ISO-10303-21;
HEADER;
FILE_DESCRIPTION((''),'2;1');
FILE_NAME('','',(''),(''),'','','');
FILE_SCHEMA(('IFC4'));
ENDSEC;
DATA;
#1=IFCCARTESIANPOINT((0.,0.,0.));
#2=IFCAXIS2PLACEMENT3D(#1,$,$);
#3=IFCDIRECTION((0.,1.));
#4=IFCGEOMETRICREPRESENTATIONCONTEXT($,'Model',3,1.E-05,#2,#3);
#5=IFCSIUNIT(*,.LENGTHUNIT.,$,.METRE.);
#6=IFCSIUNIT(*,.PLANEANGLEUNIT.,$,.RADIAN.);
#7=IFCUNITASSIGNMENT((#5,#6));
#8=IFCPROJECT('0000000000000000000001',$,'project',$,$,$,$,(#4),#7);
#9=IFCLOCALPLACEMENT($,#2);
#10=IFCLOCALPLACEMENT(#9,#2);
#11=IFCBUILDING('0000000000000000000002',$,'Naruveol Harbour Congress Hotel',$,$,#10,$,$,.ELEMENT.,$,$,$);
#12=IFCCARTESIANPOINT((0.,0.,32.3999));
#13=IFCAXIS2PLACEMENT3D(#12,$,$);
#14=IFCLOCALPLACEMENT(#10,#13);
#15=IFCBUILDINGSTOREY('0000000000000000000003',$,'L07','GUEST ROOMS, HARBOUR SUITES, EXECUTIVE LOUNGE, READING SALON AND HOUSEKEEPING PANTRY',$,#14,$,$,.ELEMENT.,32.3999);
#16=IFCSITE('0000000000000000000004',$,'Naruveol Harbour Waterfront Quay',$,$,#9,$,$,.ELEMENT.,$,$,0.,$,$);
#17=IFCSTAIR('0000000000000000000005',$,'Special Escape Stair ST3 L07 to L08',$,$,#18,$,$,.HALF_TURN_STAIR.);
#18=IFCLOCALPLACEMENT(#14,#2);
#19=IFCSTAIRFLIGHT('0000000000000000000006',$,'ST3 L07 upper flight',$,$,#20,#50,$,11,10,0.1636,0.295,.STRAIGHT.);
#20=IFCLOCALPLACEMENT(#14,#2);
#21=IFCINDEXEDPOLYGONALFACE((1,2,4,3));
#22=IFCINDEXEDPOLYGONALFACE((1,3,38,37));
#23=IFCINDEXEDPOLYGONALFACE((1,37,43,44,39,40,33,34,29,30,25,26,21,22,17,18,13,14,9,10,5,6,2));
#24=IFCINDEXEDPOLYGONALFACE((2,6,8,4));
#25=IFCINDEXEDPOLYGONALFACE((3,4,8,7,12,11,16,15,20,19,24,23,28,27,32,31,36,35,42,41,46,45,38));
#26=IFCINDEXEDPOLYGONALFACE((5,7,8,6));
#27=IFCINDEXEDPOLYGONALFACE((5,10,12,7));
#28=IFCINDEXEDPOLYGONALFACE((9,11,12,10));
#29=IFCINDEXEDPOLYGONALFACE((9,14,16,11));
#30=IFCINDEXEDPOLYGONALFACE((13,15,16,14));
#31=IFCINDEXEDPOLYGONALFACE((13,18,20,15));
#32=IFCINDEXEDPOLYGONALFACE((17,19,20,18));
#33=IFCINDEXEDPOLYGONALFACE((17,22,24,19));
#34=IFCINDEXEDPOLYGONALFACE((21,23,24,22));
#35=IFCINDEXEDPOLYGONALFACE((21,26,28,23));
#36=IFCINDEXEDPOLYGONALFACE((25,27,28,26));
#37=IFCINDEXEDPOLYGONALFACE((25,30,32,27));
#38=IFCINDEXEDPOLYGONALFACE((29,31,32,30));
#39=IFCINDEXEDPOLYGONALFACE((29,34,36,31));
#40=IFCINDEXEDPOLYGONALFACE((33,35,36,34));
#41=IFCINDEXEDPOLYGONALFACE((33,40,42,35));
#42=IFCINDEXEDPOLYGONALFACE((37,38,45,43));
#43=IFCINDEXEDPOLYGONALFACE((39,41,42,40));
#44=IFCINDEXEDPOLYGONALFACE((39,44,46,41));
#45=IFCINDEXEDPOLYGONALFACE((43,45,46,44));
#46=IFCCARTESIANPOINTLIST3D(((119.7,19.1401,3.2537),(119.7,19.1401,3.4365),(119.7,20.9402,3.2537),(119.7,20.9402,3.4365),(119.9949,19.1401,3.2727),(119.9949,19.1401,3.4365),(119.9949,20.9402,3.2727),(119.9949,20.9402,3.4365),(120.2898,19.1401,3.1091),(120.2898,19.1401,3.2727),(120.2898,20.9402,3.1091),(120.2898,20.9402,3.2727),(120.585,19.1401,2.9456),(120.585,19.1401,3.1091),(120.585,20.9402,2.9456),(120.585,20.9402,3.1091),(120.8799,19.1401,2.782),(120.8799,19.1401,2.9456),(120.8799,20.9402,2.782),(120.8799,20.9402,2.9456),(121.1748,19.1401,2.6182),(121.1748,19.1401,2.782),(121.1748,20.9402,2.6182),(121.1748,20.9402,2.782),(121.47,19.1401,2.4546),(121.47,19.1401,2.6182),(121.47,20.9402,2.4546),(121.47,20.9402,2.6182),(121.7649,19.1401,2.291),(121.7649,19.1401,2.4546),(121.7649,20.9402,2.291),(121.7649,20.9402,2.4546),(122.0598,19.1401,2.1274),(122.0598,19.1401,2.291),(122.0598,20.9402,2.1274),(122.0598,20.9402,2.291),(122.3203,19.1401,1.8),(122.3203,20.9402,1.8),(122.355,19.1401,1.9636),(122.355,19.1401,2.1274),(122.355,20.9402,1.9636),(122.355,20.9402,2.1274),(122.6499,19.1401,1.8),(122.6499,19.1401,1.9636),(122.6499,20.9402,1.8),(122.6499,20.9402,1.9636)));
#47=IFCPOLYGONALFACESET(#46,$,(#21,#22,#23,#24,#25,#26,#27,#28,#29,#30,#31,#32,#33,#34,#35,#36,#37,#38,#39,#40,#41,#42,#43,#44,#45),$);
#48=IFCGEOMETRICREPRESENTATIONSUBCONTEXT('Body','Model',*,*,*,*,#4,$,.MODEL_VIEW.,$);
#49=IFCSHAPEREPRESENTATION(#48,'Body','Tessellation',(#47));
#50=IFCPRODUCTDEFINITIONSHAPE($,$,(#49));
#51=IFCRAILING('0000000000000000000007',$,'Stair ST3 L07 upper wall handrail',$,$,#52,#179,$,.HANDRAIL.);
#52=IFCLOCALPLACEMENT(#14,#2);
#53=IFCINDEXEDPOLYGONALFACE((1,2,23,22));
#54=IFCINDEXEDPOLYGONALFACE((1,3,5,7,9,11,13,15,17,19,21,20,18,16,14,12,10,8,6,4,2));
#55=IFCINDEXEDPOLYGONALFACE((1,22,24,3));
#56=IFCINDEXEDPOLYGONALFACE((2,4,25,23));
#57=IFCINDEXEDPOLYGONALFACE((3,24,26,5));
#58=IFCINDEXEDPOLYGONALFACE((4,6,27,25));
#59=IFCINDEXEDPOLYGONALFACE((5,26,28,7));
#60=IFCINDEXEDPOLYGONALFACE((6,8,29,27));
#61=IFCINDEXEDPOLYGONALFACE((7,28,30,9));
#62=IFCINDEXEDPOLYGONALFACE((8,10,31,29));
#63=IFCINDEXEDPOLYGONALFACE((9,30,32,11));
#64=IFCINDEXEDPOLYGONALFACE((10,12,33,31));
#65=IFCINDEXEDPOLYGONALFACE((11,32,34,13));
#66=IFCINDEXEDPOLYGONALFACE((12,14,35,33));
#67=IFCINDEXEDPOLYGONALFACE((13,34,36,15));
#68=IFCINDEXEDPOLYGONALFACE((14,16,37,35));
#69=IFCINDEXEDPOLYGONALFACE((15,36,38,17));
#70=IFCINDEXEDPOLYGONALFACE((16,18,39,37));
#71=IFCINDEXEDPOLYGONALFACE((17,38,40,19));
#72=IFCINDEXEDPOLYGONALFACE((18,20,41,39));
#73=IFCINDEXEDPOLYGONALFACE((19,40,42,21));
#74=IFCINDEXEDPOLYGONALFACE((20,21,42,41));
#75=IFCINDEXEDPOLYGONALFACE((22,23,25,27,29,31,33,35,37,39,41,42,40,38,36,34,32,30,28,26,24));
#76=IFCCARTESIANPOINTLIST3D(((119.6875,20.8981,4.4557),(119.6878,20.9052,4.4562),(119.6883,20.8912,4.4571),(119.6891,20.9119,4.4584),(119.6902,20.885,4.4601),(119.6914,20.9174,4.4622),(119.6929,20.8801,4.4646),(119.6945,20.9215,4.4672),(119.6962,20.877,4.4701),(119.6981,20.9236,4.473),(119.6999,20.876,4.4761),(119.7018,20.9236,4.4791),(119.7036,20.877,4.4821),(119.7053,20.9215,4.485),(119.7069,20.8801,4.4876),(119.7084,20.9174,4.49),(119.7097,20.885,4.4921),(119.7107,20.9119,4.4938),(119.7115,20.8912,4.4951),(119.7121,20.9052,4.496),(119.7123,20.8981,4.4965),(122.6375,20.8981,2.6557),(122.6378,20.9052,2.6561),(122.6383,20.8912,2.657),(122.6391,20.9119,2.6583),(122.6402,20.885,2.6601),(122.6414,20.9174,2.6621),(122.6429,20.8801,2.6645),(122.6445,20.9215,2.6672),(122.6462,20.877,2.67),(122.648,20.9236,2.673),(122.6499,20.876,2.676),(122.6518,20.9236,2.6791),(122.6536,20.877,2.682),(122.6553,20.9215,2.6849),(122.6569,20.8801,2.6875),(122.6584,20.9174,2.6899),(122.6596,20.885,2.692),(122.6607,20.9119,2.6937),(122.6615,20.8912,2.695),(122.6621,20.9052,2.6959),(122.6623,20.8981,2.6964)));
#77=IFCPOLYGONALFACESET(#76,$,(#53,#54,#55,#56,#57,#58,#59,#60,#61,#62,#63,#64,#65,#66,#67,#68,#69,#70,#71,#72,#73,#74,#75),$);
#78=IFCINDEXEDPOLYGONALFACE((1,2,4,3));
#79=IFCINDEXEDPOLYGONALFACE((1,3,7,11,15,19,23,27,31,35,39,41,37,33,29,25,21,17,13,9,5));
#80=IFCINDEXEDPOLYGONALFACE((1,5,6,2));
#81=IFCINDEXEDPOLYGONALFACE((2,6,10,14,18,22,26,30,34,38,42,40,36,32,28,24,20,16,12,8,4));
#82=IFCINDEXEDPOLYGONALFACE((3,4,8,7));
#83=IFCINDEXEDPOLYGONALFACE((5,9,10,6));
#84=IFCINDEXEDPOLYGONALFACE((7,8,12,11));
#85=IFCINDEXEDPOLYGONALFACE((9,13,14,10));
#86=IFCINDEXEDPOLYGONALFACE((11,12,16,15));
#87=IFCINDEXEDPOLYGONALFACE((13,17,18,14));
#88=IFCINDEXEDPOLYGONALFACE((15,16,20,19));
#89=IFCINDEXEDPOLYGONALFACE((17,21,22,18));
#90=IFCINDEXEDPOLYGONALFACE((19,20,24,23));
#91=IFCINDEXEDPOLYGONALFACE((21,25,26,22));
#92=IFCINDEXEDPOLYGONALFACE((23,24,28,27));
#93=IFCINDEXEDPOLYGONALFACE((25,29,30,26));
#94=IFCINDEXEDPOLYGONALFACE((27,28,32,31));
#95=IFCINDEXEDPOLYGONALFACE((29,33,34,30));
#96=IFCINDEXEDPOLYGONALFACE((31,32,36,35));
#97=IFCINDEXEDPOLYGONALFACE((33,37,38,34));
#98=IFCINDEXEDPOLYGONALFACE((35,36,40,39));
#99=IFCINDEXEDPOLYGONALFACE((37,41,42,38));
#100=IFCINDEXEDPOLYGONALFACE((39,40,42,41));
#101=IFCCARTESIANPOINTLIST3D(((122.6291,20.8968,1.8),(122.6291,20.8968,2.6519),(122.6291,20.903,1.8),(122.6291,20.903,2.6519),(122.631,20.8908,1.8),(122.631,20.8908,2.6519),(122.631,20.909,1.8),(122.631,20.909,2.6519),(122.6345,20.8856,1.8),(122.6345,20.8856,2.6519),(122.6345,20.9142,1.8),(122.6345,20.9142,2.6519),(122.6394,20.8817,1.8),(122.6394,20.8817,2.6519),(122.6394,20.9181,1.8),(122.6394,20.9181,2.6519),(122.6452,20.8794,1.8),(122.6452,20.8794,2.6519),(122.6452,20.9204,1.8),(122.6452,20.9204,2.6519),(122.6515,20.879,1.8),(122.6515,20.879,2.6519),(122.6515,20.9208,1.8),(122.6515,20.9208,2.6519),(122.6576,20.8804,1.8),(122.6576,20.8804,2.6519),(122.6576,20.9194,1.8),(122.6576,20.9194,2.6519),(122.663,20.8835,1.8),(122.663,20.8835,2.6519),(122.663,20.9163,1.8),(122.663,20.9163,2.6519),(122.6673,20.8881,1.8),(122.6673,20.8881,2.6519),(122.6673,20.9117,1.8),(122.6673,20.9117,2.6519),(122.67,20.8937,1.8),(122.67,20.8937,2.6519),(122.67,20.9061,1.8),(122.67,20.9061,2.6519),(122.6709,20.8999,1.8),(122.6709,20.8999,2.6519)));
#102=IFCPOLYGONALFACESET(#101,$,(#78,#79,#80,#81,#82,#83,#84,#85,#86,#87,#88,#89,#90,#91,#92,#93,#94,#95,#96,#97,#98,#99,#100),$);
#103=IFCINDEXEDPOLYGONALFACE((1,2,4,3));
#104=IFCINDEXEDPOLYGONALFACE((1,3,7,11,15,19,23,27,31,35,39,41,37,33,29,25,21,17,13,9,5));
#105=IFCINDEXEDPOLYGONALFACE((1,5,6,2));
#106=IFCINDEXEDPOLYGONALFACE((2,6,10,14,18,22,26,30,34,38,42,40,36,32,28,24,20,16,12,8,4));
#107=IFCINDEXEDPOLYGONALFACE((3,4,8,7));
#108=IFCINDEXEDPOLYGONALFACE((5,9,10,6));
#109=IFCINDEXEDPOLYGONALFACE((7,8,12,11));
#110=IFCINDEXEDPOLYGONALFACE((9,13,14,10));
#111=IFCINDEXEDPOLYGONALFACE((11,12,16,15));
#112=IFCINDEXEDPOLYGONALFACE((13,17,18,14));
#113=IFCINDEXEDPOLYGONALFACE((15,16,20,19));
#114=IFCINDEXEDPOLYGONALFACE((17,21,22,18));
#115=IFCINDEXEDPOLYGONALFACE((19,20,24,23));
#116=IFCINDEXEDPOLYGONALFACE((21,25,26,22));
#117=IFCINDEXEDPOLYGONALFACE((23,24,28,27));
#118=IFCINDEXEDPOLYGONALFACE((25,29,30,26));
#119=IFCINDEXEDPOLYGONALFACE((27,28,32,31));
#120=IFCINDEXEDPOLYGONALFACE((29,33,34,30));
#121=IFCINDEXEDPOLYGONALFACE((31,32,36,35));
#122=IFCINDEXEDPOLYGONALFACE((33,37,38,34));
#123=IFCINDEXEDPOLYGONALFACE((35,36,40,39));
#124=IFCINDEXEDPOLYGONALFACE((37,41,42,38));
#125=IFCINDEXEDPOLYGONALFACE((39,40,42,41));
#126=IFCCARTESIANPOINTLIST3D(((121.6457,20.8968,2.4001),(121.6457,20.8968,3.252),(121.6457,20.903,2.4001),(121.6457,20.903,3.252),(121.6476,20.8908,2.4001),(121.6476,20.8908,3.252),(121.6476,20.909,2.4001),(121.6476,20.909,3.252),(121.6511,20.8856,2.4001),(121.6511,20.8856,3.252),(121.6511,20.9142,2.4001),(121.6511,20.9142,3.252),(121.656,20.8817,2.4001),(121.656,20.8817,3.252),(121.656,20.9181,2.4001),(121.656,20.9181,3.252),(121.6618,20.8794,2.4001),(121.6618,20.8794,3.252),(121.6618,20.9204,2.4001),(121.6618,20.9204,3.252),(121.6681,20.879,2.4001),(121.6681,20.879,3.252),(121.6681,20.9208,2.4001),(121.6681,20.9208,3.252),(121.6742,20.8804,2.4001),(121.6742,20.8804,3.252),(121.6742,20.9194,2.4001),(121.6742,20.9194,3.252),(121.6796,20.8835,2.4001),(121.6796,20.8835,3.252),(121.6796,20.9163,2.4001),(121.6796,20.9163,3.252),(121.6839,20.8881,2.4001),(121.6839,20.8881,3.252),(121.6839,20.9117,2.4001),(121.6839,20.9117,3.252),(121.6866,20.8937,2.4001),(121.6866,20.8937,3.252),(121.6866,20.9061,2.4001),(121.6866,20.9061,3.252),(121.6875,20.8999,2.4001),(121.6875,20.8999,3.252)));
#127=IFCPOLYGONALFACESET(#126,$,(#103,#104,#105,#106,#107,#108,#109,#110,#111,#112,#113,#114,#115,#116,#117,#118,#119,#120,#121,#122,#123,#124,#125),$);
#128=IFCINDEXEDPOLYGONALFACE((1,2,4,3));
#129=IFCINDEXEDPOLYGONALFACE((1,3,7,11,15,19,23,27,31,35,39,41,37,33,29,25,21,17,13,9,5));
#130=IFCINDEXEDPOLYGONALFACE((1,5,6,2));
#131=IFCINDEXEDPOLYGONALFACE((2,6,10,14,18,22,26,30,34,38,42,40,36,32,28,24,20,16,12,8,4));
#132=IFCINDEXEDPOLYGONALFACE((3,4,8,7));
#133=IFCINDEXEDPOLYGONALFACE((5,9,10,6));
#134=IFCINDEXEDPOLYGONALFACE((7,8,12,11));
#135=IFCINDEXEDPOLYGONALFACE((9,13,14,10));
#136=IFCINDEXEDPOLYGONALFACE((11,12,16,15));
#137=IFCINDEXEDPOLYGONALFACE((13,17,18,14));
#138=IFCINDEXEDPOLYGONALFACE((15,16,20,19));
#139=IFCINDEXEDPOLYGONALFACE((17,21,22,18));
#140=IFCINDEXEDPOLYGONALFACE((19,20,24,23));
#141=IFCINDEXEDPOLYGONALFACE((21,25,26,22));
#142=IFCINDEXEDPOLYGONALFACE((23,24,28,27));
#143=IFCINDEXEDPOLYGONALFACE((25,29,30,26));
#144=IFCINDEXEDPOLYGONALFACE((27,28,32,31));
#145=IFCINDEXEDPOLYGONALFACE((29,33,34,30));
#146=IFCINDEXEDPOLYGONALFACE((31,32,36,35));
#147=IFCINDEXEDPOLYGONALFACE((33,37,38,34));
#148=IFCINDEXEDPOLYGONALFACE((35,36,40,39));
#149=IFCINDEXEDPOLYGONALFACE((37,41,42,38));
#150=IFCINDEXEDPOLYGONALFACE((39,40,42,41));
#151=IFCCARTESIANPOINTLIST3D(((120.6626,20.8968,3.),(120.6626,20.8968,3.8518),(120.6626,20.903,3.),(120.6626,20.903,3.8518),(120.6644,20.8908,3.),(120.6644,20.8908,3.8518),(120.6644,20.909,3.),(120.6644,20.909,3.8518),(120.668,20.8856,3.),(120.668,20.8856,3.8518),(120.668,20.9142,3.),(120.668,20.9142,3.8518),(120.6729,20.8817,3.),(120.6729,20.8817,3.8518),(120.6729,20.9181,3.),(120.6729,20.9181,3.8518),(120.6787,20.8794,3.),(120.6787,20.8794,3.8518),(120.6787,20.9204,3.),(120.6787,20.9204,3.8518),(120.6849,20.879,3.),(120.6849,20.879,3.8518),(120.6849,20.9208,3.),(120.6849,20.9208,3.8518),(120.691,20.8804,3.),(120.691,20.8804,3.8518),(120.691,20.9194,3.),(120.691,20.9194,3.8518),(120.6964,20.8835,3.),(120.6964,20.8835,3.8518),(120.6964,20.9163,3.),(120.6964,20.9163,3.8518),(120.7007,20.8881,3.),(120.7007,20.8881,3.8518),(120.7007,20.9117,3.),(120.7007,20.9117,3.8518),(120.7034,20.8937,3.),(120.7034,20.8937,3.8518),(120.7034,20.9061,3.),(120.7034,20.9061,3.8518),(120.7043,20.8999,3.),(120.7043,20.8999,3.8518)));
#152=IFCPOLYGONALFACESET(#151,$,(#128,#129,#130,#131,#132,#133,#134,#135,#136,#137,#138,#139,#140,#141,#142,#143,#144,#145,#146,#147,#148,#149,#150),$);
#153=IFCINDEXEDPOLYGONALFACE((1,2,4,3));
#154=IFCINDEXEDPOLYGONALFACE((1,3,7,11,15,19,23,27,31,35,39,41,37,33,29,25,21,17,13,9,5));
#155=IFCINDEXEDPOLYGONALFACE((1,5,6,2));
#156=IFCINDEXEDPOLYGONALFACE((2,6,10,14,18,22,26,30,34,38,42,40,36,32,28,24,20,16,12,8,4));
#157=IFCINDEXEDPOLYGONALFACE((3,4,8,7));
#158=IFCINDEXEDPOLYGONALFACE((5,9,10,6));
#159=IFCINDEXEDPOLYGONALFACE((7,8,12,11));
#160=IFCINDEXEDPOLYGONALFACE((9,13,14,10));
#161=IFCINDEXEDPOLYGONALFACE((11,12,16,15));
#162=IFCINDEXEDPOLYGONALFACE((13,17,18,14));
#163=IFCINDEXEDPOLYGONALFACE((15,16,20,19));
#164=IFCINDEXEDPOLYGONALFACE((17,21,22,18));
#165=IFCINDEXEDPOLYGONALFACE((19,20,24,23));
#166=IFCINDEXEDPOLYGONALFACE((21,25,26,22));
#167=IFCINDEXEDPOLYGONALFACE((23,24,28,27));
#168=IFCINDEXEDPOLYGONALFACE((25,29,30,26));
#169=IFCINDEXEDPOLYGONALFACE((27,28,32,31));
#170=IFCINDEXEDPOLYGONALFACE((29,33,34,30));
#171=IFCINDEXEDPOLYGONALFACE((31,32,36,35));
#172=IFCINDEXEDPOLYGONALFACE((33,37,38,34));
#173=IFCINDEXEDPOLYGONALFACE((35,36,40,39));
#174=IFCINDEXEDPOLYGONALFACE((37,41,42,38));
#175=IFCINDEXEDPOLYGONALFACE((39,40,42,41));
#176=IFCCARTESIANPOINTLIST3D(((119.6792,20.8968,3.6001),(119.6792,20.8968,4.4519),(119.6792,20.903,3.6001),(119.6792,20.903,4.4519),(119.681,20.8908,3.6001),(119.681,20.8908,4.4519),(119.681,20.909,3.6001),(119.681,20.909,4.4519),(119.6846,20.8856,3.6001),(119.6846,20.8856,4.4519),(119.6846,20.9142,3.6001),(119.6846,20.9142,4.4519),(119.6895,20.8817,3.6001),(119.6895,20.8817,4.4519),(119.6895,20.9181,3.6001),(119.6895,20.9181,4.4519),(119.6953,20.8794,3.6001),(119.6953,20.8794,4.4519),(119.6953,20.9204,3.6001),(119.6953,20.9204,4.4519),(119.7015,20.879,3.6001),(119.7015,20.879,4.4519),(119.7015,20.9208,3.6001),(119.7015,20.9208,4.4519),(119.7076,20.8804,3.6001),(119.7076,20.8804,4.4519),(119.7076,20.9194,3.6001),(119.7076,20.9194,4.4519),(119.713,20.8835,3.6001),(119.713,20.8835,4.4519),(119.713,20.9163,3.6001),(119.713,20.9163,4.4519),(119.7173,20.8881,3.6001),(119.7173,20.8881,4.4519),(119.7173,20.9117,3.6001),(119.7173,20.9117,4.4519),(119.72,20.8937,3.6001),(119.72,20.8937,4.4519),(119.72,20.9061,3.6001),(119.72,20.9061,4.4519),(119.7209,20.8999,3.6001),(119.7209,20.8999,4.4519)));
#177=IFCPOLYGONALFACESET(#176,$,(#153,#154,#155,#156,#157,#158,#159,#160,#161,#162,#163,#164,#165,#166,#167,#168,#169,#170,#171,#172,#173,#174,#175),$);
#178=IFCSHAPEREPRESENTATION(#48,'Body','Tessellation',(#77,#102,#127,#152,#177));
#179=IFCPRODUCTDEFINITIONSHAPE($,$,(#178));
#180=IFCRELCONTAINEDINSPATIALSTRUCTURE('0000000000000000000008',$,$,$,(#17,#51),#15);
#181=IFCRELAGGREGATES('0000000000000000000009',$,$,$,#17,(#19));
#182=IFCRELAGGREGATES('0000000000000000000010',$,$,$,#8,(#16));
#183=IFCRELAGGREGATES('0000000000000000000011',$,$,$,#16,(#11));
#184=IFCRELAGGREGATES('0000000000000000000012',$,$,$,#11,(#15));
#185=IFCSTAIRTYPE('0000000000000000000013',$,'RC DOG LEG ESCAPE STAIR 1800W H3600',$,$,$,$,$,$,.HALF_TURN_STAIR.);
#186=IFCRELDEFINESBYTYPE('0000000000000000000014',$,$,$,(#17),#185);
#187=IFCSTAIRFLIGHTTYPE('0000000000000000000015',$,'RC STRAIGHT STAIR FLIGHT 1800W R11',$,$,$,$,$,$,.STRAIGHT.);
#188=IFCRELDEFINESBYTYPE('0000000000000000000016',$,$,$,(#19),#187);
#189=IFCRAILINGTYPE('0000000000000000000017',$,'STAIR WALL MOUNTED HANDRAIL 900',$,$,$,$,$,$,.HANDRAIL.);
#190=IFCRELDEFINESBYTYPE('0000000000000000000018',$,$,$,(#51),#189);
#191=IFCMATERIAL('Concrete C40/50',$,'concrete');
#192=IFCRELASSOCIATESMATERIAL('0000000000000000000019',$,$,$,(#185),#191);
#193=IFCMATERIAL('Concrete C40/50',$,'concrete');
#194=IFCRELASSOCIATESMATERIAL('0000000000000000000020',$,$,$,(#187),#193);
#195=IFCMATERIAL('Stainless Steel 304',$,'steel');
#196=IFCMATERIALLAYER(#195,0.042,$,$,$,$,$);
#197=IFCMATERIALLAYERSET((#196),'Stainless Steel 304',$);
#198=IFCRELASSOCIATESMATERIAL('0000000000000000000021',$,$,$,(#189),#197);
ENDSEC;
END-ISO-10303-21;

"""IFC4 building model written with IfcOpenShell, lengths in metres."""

from ifc_helpers import new_model, si_unit, direction, frame, origin, origin_2d, place, context, subcontext, project, spatial, polyline, circle, outline, extrude, material, layer, layer_set, type_object, element, aggregate, save


model = new_model("IFC4")

# Units and contexts
model_context = context("Model", 3, precision=1e-05, world=origin(), true_north=direction((0.0, 1.0)))
body_context = subcontext(model_context, "Body", "Model", "MODEL_VIEW")
ifc_project = project(units=[si_unit("LENGTHUNIT", "METRE"), si_unit("PLANEANGLEUNIT", "RADIAN")], contexts=[model_context])

# Site, building, storey
site_placement = place(None, origin())
site = spatial("IfcSite", under=ifc_project, at=site_placement, Name="Naruveol Harbour Waterfront Quay", CompositionType="ELEMENT", RefElevation=0.0)
building_placement = place(site_placement, origin())
building = spatial("IfcBuilding", under=site, at=building_placement, Name="Naruveol Harbour Congress Hotel", CompositionType="ELEMENT")
storey_placement = place(building_placement, frame((0.0, 0.0, 32.3999)))
storey = spatial("IfcBuildingStorey", under=building, at=storey_placement, Name="L07", Description="GUEST ROOMS, HARBOUR SUITES, EXECUTIVE LOUNGE, READING SALON AND HOUSEKEEPING PANTRY", CompositionType="ELEMENT", Elevation=32.3999)

# Stair, stair flight
ifc_material_1 = material(Name="Concrete C40/50", Category="concrete")
stair_type = type_object("IfcStairType", Name="RC DOG LEG ESCAPE STAIR 1800W H3600", PredefinedType="HALF_TURN_STAIR", material=ifc_material_1)
stair_placement = place(storey_placement, origin())
stair = element("IfcStair", 1, at=stair_placement, inside=storey, type_object=stair_type, Name="Special Escape Stair ST3 L07 to L08", PredefinedType="HALF_TURN_STAIR")
ifc_material_2 = material(Name="Concrete C40/50", Category="concrete")
stair_flight_type = type_object("IfcStairFlightType", Name="RC STRAIGHT STAIR FLIGHT 1800W R11", PredefinedType="STRAIGHT", material=ifc_material_2)
stair_flight_placement = place(storey_placement, frame((122.6499, 20.04, 1.8), z_axis=(0.0, 0.0, 1.0), x_axis=(-1.0, 0.0, 0.0)))
stair_flight = element("IfcStairFlight", 2, at=stair_flight_placement, type_object=stair_flight_type, Name="ST3 L07 upper flight", NumberOfRisers=11, NumberOfTreads=10, PredefinedType="STRAIGHT", RiserHeight=0.1636, TreadLength=0.295, context=body_context, shape_type="SweptSolid", body=[
    extrude(outline(polyline([(0.0, 0.0), (0.0, 0.1636), (0.2949, 0.1636), (0.2949, 0.3274), (0.5901, 0.3274), (0.5901, 0.491), (0.885, 0.491), (0.885, 0.6545), (1.1799, 0.6545), (1.1799, 0.8181), (1.4751, 0.8181), (1.4751, 0.9819), (1.77, 0.9819), (1.77, 1.1455), (2.0649, 1.1455), (2.0649, 1.3091), (2.3601, 1.3091), (2.3601, 1.4727), (2.655, 1.4727), (2.655, 1.6365), (2.95, 1.6365), (2.95, 1.8), (2.95, 1.4536), (0.3296, 0.0), (0.0, 0.0)])), frame((0.0, 0.8999, 0.0), z_axis=(0.0, -1.0, 0.0), x_axis=(1.0, 0.0, 0.0)), (0.0, 0.0, 1.0), 1.8),
])
aggregate(stair, [stair_flight])

# Railing
ifc_material_3 = material(Name="Stainless Steel 304", Category="steel")
ifc_layer_1 = layer(ifc_material_3, 0.042)
ifc_layer_set_1 = layer_set([ifc_layer_1], Name="Stainless Steel 304")
railing_type_1 = type_object("IfcRailingType", Name="STAIR WALL MOUNTED HANDRAIL 900", PredefinedType="HANDRAIL", material=ifc_layer_set_1)
railing_1_placement = place(storey_placement, frame((122.6499, 20.8999, 1.8)))
element("IfcRailing", 3, at=railing_1_placement, inside=storey, type_object=railing_type_1, Name="Stair ST3 L07 upper wall handrail", PredefinedType="HANDRAIL", context=body_context, shape_type="SweptSolid", body=[
    extrude(circle(Radius=0.0239, at=origin_2d()), frame((0.0, 0.0, 0.876), z_axis=(-0.853629, 0.0, 0.520881), x_axis=(0.0, -1.0, 0.0)), (0.0, 0.0, 1.0), 3.4558),
    extrude(circle(Radius=0.021, at=origin_2d()), origin(), (0.0, 0.0, 1.0), 0.8518),
    extrude(circle(Radius=0.021, at=origin_2d()), frame((-0.9834, 0.0, 0.6001)), (0.0, 0.0, 1.0), 0.8518),
    extrude(circle(Radius=0.021, at=origin_2d()), frame((-1.9666, 0.0, 1.2)), (0.0, 0.0, 1.0), 0.8518),
    extrude(circle(Radius=0.021, at=origin_2d()), frame((-2.95, 0.0, 1.8)), (0.0, 0.0, 1.0), 0.8518),
])

save(model, "model.ifc")
